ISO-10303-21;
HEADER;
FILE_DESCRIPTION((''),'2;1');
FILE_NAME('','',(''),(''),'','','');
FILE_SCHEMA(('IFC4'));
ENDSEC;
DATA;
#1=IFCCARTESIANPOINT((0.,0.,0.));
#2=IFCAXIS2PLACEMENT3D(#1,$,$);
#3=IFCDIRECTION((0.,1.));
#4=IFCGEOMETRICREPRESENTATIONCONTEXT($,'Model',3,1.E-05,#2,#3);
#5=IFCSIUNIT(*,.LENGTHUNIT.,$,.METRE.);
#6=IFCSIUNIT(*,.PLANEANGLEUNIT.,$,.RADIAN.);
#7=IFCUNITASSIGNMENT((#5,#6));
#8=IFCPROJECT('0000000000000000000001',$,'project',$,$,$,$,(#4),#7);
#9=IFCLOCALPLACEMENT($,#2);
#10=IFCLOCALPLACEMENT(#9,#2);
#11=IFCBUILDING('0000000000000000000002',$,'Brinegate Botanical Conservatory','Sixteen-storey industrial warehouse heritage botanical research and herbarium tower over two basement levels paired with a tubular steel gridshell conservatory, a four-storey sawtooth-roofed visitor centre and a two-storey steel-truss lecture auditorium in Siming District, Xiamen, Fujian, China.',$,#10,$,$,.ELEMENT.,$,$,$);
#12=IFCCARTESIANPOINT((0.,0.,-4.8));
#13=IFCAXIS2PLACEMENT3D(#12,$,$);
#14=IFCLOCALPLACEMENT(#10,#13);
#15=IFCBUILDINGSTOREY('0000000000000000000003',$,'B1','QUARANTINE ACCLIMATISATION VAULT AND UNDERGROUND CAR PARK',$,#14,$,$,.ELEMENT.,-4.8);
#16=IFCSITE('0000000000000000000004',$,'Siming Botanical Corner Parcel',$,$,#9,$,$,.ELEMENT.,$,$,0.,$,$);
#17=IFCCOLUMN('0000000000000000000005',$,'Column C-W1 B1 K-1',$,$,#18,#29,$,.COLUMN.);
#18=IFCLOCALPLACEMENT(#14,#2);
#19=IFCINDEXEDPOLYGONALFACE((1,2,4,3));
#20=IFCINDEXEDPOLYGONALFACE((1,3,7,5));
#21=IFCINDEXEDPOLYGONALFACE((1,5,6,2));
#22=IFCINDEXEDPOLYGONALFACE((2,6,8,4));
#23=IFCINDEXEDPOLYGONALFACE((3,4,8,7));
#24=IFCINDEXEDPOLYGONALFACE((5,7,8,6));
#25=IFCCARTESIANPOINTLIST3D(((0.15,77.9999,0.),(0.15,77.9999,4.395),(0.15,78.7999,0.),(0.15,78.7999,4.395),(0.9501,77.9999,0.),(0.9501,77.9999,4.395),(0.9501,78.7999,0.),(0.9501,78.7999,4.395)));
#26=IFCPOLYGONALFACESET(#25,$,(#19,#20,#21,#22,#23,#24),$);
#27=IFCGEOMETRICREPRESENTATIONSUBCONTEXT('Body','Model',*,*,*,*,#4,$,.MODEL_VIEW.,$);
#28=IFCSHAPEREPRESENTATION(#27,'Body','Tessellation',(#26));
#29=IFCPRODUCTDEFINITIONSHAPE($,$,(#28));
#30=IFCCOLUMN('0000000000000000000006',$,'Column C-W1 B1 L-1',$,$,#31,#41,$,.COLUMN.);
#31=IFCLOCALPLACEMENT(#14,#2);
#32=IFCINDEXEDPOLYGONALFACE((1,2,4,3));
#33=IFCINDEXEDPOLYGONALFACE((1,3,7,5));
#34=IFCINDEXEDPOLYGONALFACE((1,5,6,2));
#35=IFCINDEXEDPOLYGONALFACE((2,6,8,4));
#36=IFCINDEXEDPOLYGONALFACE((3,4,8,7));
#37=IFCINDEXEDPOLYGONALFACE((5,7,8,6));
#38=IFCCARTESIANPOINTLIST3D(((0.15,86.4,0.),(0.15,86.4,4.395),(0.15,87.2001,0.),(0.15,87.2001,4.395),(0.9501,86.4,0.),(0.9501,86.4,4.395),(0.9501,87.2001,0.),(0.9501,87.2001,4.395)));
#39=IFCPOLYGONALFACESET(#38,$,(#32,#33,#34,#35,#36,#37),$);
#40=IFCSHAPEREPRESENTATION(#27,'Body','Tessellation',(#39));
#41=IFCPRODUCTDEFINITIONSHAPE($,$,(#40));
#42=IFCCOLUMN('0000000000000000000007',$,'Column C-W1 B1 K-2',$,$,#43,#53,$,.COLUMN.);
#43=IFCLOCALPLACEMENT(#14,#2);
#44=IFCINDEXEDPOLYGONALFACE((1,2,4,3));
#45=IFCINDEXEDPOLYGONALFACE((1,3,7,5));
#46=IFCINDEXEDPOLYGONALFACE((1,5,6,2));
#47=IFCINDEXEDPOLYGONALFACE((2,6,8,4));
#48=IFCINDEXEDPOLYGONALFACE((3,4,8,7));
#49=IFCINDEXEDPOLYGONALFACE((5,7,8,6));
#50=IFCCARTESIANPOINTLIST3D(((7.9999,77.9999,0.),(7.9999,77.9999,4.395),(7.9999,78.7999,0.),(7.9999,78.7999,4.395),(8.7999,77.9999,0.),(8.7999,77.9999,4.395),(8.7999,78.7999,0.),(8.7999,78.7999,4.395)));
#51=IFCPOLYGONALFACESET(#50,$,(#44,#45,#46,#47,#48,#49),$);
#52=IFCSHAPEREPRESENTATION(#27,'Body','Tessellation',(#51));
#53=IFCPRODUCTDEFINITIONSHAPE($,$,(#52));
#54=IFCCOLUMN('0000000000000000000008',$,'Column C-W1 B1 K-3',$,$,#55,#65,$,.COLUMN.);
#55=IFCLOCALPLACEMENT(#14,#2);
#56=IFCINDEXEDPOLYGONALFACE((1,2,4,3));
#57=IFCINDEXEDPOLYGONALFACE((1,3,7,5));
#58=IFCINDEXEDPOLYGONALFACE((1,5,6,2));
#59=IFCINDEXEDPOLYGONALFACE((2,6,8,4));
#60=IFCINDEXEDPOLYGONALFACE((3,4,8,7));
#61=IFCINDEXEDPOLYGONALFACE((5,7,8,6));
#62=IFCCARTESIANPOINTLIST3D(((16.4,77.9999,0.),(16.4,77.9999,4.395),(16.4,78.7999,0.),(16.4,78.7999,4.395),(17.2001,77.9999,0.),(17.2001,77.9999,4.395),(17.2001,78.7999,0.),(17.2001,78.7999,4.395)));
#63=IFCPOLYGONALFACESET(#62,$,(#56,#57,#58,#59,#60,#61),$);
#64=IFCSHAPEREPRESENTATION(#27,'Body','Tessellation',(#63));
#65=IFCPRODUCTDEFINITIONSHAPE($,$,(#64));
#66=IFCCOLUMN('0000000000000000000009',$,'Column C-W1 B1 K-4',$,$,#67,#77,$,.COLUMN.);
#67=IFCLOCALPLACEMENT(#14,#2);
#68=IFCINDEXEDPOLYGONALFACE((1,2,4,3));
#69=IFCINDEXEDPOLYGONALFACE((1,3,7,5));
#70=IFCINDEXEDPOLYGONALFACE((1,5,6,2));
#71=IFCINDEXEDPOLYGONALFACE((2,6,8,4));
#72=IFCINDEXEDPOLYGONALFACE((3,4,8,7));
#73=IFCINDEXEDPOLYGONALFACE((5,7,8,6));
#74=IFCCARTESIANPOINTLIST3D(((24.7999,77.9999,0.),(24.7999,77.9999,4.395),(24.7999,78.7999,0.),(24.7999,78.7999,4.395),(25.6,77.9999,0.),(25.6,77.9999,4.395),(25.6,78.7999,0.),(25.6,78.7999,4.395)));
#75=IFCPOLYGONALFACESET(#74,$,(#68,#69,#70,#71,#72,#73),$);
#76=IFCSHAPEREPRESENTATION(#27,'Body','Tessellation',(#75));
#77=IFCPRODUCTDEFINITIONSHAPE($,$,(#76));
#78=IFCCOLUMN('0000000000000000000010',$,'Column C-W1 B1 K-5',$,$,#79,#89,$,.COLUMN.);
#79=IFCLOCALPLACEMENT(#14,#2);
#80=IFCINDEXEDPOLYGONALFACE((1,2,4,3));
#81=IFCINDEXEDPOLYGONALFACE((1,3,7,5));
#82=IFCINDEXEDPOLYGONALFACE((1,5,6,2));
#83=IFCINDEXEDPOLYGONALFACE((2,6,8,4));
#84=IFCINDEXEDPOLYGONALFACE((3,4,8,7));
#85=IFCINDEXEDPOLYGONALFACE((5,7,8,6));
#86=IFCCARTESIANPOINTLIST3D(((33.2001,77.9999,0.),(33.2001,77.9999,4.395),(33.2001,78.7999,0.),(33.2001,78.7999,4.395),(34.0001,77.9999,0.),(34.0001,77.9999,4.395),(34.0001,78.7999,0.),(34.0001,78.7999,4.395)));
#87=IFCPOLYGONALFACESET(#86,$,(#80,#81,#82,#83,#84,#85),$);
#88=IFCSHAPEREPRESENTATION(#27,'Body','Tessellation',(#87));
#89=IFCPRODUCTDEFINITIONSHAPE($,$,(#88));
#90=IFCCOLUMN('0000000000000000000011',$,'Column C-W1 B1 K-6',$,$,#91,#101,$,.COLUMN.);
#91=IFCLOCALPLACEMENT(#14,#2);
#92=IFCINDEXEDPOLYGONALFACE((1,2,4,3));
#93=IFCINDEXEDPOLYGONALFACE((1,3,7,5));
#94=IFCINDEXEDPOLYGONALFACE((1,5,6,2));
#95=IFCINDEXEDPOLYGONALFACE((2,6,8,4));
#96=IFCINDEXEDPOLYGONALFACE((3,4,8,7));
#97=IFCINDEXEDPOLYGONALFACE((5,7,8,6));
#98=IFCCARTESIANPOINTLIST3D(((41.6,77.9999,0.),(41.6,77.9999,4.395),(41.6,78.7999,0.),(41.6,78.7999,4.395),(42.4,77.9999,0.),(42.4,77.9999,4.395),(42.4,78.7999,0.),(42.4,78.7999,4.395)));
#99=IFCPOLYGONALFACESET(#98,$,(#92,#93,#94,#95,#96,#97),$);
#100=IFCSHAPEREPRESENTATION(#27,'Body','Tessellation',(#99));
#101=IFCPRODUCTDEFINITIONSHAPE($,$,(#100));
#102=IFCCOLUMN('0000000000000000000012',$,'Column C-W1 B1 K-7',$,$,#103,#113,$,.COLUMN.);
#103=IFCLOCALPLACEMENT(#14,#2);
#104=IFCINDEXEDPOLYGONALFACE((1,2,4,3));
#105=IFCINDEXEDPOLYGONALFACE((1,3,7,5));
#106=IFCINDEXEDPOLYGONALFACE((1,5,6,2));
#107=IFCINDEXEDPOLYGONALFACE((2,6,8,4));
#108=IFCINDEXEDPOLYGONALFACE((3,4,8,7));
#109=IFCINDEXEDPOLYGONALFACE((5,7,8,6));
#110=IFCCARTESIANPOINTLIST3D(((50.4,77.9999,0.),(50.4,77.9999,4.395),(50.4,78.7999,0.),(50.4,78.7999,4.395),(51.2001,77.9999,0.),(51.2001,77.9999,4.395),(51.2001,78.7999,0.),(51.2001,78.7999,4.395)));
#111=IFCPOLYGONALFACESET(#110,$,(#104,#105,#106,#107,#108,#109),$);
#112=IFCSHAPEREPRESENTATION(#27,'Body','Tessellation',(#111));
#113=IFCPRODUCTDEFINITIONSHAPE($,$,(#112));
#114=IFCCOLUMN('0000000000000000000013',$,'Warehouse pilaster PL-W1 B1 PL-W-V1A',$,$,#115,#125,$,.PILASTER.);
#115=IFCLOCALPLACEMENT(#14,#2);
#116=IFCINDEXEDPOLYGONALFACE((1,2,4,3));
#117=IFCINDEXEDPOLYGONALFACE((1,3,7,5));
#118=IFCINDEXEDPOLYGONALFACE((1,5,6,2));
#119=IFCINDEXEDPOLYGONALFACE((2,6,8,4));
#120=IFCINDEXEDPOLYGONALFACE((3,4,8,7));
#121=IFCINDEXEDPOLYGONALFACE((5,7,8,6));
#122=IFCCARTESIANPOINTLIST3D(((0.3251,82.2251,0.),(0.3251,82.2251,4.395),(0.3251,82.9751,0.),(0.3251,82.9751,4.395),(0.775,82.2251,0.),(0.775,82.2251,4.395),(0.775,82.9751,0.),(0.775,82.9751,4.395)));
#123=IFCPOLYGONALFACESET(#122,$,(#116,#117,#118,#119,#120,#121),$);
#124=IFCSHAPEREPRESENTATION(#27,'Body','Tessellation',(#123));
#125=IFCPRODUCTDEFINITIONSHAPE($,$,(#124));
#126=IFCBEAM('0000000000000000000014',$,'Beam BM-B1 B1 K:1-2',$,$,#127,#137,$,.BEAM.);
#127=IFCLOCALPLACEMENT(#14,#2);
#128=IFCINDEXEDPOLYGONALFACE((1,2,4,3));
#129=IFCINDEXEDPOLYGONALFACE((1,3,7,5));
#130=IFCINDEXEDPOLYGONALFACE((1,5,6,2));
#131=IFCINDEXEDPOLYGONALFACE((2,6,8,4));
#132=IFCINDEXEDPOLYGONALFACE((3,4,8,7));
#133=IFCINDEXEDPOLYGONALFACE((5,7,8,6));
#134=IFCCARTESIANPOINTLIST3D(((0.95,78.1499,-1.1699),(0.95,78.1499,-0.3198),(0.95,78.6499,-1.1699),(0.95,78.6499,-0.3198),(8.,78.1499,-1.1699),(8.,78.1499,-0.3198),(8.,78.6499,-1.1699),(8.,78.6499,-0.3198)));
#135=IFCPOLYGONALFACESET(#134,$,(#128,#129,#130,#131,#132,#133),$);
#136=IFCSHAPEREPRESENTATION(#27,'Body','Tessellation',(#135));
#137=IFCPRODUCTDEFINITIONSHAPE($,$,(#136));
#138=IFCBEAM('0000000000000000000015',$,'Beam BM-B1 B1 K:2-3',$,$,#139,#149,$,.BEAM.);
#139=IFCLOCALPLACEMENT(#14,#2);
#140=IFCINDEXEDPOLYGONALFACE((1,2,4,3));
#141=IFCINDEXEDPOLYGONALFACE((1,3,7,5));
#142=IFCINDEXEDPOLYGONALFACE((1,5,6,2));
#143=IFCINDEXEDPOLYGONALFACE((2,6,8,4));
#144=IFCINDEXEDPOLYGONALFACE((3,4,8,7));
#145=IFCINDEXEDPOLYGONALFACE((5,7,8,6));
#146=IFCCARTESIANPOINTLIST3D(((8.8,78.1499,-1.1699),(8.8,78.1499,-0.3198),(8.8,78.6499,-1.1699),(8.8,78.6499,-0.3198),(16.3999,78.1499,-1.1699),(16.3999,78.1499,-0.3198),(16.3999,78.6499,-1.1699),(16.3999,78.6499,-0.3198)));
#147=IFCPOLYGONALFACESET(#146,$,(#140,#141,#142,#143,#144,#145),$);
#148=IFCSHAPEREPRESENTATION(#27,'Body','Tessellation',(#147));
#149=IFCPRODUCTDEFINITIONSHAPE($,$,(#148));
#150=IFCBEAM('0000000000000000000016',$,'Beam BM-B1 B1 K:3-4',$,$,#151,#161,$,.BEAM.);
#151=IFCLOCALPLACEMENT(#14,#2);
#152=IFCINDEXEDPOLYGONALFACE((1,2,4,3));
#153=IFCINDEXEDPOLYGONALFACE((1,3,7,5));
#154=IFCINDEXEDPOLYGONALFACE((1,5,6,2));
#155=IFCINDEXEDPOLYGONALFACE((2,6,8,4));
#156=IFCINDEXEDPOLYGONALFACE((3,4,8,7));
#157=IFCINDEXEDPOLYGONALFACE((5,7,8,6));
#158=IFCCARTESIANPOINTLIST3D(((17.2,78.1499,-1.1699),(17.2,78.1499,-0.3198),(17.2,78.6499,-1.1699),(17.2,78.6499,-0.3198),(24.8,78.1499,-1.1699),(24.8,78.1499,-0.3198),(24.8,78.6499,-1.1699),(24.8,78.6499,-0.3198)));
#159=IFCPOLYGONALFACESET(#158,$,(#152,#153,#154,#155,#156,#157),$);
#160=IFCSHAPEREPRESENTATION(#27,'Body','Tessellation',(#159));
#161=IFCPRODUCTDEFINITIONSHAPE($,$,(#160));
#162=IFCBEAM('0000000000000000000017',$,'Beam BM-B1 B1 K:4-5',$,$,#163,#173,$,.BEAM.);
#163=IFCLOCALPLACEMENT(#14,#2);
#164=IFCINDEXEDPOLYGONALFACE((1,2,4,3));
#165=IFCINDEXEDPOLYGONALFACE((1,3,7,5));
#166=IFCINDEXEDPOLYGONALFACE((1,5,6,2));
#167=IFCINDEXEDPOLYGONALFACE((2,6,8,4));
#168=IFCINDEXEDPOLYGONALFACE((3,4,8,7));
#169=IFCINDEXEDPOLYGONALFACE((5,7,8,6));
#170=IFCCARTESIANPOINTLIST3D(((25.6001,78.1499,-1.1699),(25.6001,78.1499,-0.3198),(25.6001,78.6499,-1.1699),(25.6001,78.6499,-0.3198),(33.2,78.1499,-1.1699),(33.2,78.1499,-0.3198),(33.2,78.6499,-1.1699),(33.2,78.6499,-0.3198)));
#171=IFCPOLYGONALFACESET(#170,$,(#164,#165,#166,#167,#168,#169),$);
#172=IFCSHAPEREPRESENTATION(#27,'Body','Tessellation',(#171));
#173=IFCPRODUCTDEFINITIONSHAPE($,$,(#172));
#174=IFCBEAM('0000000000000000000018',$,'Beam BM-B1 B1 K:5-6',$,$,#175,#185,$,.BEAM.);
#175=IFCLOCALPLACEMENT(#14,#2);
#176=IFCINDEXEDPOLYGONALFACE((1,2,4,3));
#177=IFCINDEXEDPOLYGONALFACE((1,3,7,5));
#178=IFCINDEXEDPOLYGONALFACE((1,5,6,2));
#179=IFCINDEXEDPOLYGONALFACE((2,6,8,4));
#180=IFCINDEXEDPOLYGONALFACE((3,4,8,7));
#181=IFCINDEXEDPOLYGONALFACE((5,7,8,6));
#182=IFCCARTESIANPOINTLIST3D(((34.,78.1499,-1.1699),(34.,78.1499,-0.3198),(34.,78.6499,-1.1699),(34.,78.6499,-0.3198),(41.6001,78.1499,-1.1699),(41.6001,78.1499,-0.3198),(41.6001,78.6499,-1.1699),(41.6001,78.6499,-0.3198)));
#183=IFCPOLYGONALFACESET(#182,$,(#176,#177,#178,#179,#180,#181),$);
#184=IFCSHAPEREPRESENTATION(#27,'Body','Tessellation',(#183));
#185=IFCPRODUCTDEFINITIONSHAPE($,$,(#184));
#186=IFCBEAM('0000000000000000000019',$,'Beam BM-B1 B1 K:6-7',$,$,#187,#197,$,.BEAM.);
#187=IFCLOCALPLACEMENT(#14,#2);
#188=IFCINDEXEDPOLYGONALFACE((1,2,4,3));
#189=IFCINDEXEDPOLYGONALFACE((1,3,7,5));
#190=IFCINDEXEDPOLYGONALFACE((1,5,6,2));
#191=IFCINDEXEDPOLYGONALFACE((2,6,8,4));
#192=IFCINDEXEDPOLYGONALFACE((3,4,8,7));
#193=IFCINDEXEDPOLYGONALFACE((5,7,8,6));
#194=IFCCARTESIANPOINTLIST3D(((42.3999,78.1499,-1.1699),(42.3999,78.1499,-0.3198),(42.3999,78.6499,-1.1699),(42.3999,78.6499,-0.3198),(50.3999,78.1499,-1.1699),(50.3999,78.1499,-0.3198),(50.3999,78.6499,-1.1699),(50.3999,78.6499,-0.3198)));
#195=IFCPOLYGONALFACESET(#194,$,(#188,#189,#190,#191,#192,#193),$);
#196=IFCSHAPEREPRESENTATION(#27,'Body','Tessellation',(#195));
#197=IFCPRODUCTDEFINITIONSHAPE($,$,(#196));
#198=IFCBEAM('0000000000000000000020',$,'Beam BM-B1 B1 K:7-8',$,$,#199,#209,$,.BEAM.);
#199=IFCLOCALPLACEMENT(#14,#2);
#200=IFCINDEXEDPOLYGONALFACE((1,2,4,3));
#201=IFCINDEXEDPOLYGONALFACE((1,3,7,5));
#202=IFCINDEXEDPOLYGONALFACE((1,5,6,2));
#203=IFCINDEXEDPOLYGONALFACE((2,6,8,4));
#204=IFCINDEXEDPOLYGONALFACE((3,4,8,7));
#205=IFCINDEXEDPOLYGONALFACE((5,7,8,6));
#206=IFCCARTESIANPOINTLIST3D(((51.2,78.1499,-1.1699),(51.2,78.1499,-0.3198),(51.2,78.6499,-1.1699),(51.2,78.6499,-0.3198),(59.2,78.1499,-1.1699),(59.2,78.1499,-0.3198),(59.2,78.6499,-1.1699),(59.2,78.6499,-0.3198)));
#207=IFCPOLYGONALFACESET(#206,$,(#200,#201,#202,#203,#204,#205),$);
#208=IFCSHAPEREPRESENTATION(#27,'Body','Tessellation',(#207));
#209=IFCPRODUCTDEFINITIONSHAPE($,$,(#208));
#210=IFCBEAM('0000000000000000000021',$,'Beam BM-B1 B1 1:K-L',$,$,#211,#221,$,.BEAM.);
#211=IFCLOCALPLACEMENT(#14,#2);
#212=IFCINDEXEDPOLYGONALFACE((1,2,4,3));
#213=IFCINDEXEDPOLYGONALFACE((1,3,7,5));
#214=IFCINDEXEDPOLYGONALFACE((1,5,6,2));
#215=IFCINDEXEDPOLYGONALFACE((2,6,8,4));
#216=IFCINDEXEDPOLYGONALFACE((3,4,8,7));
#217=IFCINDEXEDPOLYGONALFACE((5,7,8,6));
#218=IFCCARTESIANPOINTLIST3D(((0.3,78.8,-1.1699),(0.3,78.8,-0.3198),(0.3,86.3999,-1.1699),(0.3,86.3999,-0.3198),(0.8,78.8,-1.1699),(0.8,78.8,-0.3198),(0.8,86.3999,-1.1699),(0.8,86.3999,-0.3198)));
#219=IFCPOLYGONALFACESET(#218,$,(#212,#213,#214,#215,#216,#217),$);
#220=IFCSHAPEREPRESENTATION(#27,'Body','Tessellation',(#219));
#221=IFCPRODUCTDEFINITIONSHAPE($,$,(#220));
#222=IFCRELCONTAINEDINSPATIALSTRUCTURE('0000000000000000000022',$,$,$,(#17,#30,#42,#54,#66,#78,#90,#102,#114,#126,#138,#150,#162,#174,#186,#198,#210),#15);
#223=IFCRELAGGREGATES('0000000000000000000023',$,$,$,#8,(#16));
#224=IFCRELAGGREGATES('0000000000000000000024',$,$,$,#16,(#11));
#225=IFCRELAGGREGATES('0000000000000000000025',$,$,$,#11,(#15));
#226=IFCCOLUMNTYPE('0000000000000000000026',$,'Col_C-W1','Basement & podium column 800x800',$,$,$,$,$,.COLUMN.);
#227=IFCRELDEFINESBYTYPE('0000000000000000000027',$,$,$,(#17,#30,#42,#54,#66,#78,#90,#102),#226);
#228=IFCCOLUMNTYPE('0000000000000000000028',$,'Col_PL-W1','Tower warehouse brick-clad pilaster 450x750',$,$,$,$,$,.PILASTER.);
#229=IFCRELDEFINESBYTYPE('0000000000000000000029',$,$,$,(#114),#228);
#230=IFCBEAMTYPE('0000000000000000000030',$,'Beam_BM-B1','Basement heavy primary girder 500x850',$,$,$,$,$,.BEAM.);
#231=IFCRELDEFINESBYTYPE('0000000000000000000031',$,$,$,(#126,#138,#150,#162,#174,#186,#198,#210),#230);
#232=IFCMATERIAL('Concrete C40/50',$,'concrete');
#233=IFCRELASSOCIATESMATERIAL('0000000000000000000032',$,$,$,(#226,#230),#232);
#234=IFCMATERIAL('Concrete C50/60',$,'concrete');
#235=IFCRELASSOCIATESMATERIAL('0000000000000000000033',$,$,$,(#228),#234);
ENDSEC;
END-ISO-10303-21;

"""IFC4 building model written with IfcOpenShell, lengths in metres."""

from ifc_helpers import new_model, si_unit, direction, frame, origin, origin_2d, place, context, subcontext, project, spatial, rectangle, extrude, material, material_profile, profile_set, type_object, element, save


model = new_model("IFC4")

# Units and contexts
model_context = context("Model", 3, precision=1e-05, world=origin(), true_north=direction((0.0, 1.0)))
body_context = subcontext(model_context, "Body", "Model", "MODEL_VIEW")
ifc_project = project(units=[si_unit("LENGTHUNIT", "METRE"), si_unit("PLANEANGLEUNIT", "RADIAN")], contexts=[model_context])

# Site, building, storey
site_placement = place(None, origin())
site = spatial("IfcSite", under=ifc_project, at=site_placement, Name="Siming Botanical Corner Parcel", CompositionType="ELEMENT", RefElevation=0.0)
building_placement = place(site_placement, origin())
building = spatial("IfcBuilding", under=site, at=building_placement, Name="Brinegate Botanical Conservatory", Description="Sixteen-storey industrial warehouse heritage botanical research and herbarium tower over two basement levels paired with a tubular steel gridshell conservatory, a four-storey sawtooth-roofed visitor centre and a two-storey steel-truss lecture auditorium in Siming District, Xiamen, Fujian, China.", CompositionType="ELEMENT")
storey_placement = place(building_placement, frame((0.0, 0.0, -4.8)))
storey = spatial("IfcBuildingStorey", under=building, at=storey_placement, Name="B1", Description="QUARANTINE ACCLIMATISATION VAULT AND UNDERGROUND CAR PARK", CompositionType="ELEMENT", Elevation=-4.8)

# Columns
ifc_material_1 = material(Name="Concrete C40/50", Category="concrete")
ifc_material_profile_1 = material_profile(ifc_material_1, rectangle(XDim=0.8, YDim=0.8, at=origin_2d()), Name="RC COL 800x800")
ifc_profile_set_1 = profile_set([ifc_material_profile_1], Name="Concrete C40/50")
column_type_1 = type_object("IfcColumnType", Name="Col_C-W1", Description="Basement & podium column 800x800", PredefinedType="COLUMN", material=ifc_profile_set_1)
for number, where, z_axis, x_axis, name in (
    (1, (0.55, 78.3999, 0.0), (0.0, 0.0, 1.0), (1.0, 0.0, 0.0), "Column C-W1 B1 K-1"),
    (2, (0.55, 86.8, 0.0), (0.0, 0.0, 1.0), (1.0, 0.0, 0.0), "Column C-W1 B1 L-1"),
    (3, (8.3999, 78.3999, 0.0), (0.0, 0.0, 1.0), (1.0, 0.0, 0.0), "Column C-W1 B1 K-2"),
    (4, (16.8, 78.3999, 0.0), (0.0, 0.0, 1.0), (1.0, 0.0, 0.0), "Column C-W1 B1 K-3"),
    (5, (25.2, 78.3999, 0.0), (0.0, 0.0, 1.0), (1.0, 0.0, 0.0), "Column C-W1 B1 K-4"),
    (6, (33.6001, 78.3999, 0.0), (0.0, 0.0, 1.0), (1.0, 0.0, 0.0), "Column C-W1 B1 K-5"),
    (7, (42.0, 78.3999, 0.0), (0.0, 0.0, 1.0), (1.0, 0.0, 0.0), "Column C-W1 B1 K-6"),
    (8, (50.8, 78.3999, 0.0), (0.0, 0.0, 1.0), (1.0, 0.0, 0.0), "Column C-W1 B1 K-7"),
):
    element("IfcColumn", number, at=place(storey_placement, frame(where, z_axis=z_axis, x_axis=x_axis)), inside=storey, type_object=column_type_1, Name=name, PredefinedType="COLUMN", context=body_context, shape_type="SweptSolid", body=[
        extrude(rectangle(XDim=0.8, YDim=0.8, at=origin_2d()), origin(), (0.0, 0.0, 1.0), 4.395),
    ])
ifc_material_2 = material(Name="Concrete C50/60", Category="concrete")
ifc_material_profile_2 = material_profile(ifc_material_2, rectangle(XDim=0.45, YDim=0.75, at=origin_2d()), Name="RC PILASTER 450x750")
ifc_profile_set_2 = profile_set([ifc_material_profile_2], Name="Concrete C50/60")
column_type_2 = type_object("IfcColumnType", Name="Col_PL-W1", Description="Tower warehouse brick-clad pilaster 450x750", PredefinedType="PILASTER", material=ifc_profile_set_2)
column_placement = place(storey_placement, frame((0.55, 82.6001, 0.0), z_axis=(0.0, 0.0, 1.0), x_axis=(1.0, 0.0, 0.0)))
element("IfcColumn", 9, at=column_placement, inside=storey, type_object=column_type_2, Name="Warehouse pilaster PL-W1 B1 PL-W-V1A", PredefinedType="PILASTER", context=body_context, shape_type="SweptSolid", body=[
    extrude(rectangle(XDim=0.45, YDim=0.75, at=origin_2d()), origin(), (0.0, 0.0, 1.0), 4.395),
])

# Beams
ifc_material_profile_3 = material_profile(ifc_material_1, rectangle(XDim=0.5, YDim=0.8501, at=origin_2d()), Name="RC BM 500x850")
ifc_profile_set_3 = profile_set([ifc_material_profile_3], Name="Concrete C40/50")
beam_type_1 = type_object("IfcBeamType", Name="Beam_BM-B1", Description="Basement heavy primary girder 500x850", PredefinedType="BEAM", material=ifc_profile_set_3)
beam_1_placement = place(storey_placement, frame((0.95, 78.3999, -0.7449), z_axis=(1.0, 0.0, 0.0), x_axis=(0.0, 1.0, 0.0)))
element("IfcBeam", 10, at=beam_1_placement, inside=storey, type_object=beam_type_1, Name="Beam BM-B1 B1 K:1-2", PredefinedType="BEAM", context=body_context, shape_type="SweptSolid", body=[
    extrude(rectangle(XDim=0.5, YDim=0.8501, at=origin_2d()), origin(), (0.0, 0.0, 1.0), 7.05),
])
beam_2_placement = place(storey_placement, frame((8.8, 78.3999, -0.7449), z_axis=(1.0, 0.0, 0.0), x_axis=(0.0, 1.0, 0.0)))
element("IfcBeam", 11, at=beam_2_placement, inside=storey, type_object=beam_type_1, Name="Beam BM-B1 B1 K:2-3", PredefinedType="BEAM", context=body_context, shape_type="SweptSolid", body=[
    extrude(rectangle(XDim=0.5, YDim=0.8501, at=origin_2d()), origin(), (0.0, 0.0, 1.0), 7.5999),
])
beam_3_placement = place(storey_placement, frame((17.2, 78.3999, -0.7449), z_axis=(1.0, 0.0, 0.0), x_axis=(0.0, 1.0, 0.0)))
element("IfcBeam", 12, at=beam_3_placement, inside=storey, type_object=beam_type_1, Name="Beam BM-B1 B1 K:3-4", PredefinedType="BEAM", context=body_context, shape_type="SweptSolid", body=[
    extrude(rectangle(XDim=0.5, YDim=0.8501, at=origin_2d()), origin(), (0.0, 0.0, 1.0), 7.6001),
])
beam_4_placement = place(storey_placement, frame((25.6001, 78.3999, -0.7449), z_axis=(1.0, 0.0, 0.0), x_axis=(0.0, 1.0, 0.0)))
element("IfcBeam", 13, at=beam_4_placement, inside=storey, type_object=beam_type_1, Name="Beam BM-B1 B1 K:4-5", PredefinedType="BEAM", context=body_context, shape_type="SweptSolid", body=[
    extrude(rectangle(XDim=0.5, YDim=0.8501, at=origin_2d()), origin(), (0.0, 0.0, 1.0), 7.5999),
])
beam_5_placement = place(storey_placement, frame((34.0, 78.3999, -0.7449), z_axis=(1.0, 0.0, 0.0), x_axis=(0.0, 1.0, 0.0)))
element("IfcBeam", 14, at=beam_5_placement, inside=storey, type_object=beam_type_1, Name="Beam BM-B1 B1 K:5-6", PredefinedType="BEAM", context=body_context, shape_type="SweptSolid", body=[
    extrude(rectangle(XDim=0.5, YDim=0.8501, at=origin_2d()), origin(), (0.0, 0.0, 1.0), 7.6001),
])
for number, where, z_axis, x_axis, name in (
    (15, (42.3999, 78.3999, -0.7449), (1.0, 0.0, 0.0), (0.0, 1.0, 0.0), "Beam BM-B1 B1 K:6-7"),
    (16, (51.2, 78.3999, -0.7449), (1.0, 0.0, 0.0), (0.0, 1.0, 0.0), "Beam BM-B1 B1 K:7-8"),
):
    element("IfcBeam", number, at=place(storey_placement, frame(where, z_axis=z_axis, x_axis=x_axis)), inside=storey, type_object=beam_type_1, Name=name, PredefinedType="BEAM", context=body_context, shape_type="SweptSolid", body=[
        extrude(rectangle(XDim=0.5, YDim=0.8501, at=origin_2d()), origin(), (0.0, 0.0, 1.0), 8.0),
    ])
for number, where, z_axis, x_axis, name in (
    (17, (0.55, 78.8, -0.7449), (0.0, 1.0, 0.0), (-1.0, 0.0, 0.0), "Beam BM-B1 B1 1:K-L"),
):
    element("IfcBeam", number, at=place(storey_placement, frame(where, z_axis=z_axis, x_axis=x_axis)), inside=storey, type_object=beam_type_1, Name=name, PredefinedType="BEAM", context=body_context, shape_type="SweptSolid", body=[
        extrude(rectangle(XDim=0.5, YDim=0.8501, at=origin_2d()), origin(), (0.0, 0.0, 1.0), 7.5999),
    ])

save(model, "model.ifc")
